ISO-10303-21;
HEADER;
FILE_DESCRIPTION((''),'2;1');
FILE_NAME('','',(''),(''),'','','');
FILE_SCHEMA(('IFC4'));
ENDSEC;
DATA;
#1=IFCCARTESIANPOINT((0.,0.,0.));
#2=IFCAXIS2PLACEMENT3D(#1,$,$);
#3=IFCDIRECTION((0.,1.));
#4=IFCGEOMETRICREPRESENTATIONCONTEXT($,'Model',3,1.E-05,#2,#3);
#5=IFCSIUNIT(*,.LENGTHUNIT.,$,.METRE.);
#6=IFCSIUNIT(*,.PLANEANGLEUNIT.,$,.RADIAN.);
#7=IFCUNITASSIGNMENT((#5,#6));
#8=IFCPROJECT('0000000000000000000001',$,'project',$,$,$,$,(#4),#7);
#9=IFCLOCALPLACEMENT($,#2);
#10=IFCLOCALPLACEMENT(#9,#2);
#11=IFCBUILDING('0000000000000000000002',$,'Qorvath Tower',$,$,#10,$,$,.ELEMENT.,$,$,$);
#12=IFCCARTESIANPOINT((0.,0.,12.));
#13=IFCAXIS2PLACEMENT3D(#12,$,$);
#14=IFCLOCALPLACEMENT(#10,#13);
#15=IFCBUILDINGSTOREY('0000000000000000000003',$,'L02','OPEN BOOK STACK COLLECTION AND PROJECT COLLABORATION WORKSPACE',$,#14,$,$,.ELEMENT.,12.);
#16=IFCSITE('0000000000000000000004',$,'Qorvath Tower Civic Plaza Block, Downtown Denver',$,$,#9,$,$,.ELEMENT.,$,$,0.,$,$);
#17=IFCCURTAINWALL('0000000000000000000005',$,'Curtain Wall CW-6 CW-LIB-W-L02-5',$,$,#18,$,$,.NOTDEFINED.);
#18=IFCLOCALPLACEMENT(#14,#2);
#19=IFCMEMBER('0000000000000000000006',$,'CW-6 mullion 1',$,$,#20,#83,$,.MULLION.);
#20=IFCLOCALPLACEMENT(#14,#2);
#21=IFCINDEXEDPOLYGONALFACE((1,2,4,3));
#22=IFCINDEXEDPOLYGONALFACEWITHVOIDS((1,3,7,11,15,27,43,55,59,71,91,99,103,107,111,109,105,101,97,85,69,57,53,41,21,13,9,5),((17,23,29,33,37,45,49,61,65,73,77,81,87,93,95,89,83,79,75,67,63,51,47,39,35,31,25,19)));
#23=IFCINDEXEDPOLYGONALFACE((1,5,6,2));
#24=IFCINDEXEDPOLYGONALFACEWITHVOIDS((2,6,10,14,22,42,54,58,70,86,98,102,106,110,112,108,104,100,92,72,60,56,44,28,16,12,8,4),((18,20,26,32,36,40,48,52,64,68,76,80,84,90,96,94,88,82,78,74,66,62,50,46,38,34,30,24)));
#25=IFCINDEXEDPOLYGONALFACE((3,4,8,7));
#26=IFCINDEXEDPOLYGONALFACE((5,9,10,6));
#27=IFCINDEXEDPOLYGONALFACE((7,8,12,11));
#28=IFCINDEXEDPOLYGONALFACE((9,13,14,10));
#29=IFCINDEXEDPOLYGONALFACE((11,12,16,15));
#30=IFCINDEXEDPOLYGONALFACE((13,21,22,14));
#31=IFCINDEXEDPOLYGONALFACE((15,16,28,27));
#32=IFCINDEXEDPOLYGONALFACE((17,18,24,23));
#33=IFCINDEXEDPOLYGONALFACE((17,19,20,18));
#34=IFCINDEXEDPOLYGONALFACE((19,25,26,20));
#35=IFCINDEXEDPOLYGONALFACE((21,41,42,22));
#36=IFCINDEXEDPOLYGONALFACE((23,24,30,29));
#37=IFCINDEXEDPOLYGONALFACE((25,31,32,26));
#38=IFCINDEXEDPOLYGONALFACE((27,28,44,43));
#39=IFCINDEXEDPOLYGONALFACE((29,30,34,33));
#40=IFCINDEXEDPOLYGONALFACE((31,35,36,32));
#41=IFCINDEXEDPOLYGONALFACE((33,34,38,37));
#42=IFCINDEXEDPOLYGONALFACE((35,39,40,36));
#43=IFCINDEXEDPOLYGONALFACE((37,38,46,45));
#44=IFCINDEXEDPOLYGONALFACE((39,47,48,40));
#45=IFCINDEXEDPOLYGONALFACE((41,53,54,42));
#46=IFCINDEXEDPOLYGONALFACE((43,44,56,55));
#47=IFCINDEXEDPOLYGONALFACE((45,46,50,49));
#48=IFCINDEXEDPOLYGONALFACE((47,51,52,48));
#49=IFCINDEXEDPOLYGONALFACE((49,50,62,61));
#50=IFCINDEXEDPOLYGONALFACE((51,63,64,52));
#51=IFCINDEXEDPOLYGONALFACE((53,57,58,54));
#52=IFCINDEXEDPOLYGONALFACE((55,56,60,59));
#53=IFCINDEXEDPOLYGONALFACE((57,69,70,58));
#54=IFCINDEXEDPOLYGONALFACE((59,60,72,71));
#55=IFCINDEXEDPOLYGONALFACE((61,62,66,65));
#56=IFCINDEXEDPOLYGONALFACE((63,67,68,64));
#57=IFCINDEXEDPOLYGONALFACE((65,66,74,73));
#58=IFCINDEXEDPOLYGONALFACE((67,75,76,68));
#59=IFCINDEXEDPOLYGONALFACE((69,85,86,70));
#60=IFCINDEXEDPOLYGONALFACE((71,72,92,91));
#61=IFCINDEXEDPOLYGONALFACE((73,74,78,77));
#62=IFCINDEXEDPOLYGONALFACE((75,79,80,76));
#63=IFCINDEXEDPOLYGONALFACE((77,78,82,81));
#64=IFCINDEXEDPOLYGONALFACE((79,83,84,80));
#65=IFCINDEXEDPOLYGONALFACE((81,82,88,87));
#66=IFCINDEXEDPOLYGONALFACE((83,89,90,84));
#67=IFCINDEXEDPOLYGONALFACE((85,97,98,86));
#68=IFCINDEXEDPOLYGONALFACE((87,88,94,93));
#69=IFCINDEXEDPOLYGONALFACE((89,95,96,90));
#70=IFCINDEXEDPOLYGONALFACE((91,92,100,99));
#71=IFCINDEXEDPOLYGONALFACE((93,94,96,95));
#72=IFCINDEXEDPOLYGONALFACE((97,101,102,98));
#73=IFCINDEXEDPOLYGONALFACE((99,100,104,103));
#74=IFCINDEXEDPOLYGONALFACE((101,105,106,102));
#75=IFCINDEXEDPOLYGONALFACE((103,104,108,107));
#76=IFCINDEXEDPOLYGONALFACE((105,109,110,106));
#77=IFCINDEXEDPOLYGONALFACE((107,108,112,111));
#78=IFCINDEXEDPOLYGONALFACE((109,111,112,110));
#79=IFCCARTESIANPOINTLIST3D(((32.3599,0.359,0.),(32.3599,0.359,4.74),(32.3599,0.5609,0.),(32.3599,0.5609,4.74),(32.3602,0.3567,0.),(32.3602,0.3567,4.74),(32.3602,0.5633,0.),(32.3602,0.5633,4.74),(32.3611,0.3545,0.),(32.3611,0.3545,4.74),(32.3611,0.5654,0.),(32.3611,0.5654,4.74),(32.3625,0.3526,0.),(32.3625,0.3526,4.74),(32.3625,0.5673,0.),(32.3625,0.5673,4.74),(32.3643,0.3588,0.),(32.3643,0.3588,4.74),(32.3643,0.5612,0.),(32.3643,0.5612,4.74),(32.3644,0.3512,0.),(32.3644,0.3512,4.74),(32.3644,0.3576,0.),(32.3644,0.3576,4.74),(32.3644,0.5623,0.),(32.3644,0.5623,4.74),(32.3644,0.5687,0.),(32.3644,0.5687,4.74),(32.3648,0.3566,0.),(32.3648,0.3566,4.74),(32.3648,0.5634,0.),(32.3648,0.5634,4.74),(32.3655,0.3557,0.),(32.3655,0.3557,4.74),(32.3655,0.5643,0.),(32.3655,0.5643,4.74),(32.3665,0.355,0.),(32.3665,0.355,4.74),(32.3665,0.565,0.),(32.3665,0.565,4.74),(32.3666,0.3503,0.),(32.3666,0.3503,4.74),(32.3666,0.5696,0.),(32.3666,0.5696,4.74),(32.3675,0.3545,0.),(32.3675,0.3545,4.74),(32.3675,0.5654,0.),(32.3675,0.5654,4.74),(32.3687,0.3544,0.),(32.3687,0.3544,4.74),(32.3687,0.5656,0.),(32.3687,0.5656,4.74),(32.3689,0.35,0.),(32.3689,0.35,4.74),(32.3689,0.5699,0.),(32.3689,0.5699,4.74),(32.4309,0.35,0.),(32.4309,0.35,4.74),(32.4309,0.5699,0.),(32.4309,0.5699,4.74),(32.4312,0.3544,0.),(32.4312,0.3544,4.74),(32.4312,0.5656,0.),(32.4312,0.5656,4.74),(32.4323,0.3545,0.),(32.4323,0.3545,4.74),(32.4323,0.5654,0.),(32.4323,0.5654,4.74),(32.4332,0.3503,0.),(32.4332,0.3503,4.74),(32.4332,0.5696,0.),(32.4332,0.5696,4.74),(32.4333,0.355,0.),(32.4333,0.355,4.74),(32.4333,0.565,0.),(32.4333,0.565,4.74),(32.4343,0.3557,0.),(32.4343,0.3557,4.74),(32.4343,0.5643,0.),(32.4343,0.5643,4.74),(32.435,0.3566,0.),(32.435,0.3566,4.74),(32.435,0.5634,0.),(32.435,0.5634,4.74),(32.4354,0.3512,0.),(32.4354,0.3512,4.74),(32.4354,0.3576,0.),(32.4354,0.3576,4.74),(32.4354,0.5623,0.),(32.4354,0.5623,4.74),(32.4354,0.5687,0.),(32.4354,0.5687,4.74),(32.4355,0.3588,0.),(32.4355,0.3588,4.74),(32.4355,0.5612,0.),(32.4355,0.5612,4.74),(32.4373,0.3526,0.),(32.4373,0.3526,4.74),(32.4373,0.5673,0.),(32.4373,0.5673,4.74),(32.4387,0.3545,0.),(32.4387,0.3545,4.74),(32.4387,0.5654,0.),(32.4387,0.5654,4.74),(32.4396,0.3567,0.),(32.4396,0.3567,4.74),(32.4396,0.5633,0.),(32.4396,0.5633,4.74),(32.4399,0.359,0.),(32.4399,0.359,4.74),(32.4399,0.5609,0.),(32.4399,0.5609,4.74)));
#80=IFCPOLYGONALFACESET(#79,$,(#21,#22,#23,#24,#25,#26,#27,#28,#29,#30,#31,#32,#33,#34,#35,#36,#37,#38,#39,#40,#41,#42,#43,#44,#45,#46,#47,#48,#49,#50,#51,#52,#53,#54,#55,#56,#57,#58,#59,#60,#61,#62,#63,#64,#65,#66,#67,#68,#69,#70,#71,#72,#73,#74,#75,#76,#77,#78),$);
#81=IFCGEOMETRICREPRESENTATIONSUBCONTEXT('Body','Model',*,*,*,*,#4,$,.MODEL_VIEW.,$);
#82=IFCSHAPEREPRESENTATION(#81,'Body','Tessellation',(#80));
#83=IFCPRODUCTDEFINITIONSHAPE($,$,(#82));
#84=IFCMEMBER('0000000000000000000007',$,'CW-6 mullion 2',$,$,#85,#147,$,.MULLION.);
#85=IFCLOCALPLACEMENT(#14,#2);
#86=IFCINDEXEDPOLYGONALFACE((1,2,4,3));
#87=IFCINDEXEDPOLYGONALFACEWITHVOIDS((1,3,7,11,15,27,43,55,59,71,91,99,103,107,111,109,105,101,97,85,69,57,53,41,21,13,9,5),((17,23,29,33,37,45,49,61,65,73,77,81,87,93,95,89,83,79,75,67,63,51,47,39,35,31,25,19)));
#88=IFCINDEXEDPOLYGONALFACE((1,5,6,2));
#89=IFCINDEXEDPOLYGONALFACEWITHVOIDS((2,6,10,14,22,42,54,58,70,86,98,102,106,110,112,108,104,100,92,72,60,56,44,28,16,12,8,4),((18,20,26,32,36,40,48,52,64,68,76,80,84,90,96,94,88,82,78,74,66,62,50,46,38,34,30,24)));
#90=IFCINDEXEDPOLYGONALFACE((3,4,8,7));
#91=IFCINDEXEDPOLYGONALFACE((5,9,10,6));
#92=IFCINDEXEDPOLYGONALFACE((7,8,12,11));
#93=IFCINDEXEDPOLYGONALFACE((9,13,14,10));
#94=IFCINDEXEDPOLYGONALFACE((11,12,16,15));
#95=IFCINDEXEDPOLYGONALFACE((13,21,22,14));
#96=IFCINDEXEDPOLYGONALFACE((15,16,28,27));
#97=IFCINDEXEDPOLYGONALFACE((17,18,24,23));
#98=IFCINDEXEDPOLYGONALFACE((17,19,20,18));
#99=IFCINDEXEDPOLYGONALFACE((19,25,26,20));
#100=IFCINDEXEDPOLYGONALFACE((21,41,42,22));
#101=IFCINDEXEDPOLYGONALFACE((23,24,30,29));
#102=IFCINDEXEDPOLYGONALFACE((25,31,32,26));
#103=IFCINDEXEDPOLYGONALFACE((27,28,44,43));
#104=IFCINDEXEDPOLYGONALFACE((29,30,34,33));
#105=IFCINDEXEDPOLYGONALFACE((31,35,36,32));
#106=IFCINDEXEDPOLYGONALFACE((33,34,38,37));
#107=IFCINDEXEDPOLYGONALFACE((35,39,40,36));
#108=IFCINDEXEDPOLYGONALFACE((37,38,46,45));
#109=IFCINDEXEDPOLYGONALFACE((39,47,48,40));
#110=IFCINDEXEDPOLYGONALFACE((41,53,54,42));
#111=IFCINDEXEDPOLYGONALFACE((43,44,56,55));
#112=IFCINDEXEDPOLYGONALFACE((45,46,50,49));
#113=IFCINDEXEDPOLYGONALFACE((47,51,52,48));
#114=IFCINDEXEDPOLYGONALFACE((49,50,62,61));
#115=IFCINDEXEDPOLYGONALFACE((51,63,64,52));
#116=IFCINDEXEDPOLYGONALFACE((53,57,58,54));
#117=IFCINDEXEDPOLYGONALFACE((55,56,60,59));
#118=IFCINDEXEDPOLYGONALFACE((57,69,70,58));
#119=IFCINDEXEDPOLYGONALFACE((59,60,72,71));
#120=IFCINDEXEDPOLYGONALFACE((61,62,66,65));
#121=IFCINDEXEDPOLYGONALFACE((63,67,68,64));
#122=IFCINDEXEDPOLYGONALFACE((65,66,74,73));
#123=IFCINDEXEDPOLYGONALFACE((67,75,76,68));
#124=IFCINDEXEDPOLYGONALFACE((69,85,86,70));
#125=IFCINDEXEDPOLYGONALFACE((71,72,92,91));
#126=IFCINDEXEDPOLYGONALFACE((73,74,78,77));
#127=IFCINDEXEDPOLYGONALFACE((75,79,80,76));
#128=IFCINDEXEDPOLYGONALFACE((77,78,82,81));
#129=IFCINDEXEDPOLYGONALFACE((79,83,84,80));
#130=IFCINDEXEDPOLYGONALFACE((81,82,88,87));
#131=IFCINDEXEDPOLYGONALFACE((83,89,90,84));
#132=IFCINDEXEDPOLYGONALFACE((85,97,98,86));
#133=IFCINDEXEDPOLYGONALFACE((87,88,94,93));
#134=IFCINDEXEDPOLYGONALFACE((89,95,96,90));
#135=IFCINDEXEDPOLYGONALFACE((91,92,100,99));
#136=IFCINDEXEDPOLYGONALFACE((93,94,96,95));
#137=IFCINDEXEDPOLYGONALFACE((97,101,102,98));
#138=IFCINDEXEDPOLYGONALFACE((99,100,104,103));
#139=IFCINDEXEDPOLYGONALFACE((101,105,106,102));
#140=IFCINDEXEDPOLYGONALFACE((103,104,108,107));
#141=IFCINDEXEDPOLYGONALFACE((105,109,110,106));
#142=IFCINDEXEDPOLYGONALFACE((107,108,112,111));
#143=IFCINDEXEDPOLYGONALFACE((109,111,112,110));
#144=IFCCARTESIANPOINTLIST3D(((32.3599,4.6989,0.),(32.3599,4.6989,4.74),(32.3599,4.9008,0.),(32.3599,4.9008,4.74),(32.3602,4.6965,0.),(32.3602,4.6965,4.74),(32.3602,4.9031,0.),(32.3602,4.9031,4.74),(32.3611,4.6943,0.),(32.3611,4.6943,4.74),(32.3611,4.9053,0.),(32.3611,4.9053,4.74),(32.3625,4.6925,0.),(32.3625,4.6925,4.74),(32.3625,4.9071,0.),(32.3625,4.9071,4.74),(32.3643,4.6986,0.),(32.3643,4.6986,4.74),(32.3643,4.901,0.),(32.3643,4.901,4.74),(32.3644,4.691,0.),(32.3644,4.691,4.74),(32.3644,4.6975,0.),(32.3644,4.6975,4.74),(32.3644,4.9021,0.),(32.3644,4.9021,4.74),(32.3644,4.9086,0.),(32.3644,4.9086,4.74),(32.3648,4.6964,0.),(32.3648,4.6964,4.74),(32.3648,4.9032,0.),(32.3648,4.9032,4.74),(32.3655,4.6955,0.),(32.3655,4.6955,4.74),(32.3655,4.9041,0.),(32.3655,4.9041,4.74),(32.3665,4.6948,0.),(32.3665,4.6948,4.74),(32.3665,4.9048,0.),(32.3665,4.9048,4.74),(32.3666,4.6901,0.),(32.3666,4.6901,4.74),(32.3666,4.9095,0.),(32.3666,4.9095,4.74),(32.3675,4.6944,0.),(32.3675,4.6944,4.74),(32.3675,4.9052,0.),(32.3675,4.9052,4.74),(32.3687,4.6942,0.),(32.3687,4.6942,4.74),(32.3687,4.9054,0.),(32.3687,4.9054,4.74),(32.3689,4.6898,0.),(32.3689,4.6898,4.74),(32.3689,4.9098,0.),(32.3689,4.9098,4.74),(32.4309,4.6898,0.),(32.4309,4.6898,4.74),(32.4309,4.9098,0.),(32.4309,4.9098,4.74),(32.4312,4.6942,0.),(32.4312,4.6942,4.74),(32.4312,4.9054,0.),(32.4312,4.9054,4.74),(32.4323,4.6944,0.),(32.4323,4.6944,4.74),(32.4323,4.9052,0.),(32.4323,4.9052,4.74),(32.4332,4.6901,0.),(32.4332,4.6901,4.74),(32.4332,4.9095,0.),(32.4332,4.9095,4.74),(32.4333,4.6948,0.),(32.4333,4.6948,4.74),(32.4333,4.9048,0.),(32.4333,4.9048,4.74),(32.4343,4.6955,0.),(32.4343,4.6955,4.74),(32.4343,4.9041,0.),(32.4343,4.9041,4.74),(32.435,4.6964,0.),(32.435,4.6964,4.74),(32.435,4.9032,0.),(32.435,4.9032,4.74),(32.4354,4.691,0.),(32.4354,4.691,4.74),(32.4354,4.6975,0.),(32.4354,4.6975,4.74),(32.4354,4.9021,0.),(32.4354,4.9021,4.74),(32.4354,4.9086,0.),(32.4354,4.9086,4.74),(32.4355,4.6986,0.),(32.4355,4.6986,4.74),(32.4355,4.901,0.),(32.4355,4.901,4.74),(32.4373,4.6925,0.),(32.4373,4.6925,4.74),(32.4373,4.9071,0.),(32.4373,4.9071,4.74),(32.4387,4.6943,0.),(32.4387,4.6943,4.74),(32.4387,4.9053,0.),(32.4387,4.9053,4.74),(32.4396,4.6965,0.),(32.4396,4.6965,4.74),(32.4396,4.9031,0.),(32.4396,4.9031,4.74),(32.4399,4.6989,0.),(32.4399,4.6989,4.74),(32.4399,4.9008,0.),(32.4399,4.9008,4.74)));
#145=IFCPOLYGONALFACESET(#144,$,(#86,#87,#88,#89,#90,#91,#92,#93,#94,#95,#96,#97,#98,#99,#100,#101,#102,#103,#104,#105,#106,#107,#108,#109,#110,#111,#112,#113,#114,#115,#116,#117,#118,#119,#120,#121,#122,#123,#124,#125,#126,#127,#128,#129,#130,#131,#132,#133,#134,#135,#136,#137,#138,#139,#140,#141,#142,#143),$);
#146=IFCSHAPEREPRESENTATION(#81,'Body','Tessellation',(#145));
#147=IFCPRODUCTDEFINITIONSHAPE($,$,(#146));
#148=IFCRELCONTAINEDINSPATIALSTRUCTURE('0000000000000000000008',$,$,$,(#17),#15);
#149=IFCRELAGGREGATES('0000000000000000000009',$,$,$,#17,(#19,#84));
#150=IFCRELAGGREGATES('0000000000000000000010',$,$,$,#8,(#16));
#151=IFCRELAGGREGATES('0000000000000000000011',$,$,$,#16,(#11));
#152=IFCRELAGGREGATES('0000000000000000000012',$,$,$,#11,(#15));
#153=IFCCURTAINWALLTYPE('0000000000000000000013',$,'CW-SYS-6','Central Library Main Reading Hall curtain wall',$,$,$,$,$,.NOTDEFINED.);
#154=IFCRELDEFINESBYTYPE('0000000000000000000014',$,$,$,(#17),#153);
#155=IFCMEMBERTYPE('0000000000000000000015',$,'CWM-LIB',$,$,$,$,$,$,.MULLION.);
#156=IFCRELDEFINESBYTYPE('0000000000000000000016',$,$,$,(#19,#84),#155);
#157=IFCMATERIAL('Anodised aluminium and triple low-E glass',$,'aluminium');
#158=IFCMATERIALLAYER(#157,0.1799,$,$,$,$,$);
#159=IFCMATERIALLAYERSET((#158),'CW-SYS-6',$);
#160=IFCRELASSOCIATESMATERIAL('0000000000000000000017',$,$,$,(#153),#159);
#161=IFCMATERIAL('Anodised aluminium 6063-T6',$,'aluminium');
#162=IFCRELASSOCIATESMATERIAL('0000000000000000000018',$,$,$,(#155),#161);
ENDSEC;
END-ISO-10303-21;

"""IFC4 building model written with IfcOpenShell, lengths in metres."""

from ifc_helpers import new_model, si_unit, direction, frame, origin, origin_2d, place, context, subcontext, project, spatial, hollow_rectangle, extrude, material, layer, layer_set, material_profile, profile_set, type_object, element, aggregate, save


model = new_model("IFC4")

# Units and contexts
model_context = context("Model", 3, precision=1e-05, world=origin(), true_north=direction((0.0, 1.0)))
body_context = subcontext(model_context, "Body", "Model", "MODEL_VIEW")
ifc_project = project(units=[si_unit("LENGTHUNIT", "METRE"), si_unit("PLANEANGLEUNIT", "RADIAN")], contexts=[model_context])

# Site, building, storey
site_placement = place(None, origin())
site = spatial("IfcSite", under=ifc_project, at=site_placement, Name="Qorvath Tower Civic Plaza Block, Downtown Denver", CompositionType="ELEMENT", RefElevation=0.0)
building_placement = place(site_placement, origin())
building = spatial("IfcBuilding", under=site, at=building_placement, Name="Qorvath Tower", CompositionType="ELEMENT")
storey_placement = place(building_placement, frame((0.0, 0.0, 12.0)))
storey = spatial("IfcBuildingStorey", under=building, at=storey_placement, Name="L02", Description="OPEN BOOK STACK COLLECTION AND PROJECT COLLABORATION WORKSPACE", CompositionType="ELEMENT", Elevation=12.0)

# Curtain wall, members
ifc_material_1 = material(Name="Anodised aluminium and triple low-E glass", Category="aluminium")
ifc_layer_1 = layer(ifc_material_1, 0.1799)
ifc_layer_set_1 = layer_set([ifc_layer_1], Name="CW-SYS-6")
curtain_wall_type = type_object("IfcCurtainWallType", Name="CW-SYS-6", Description="Central Library Main Reading Hall curtain wall", PredefinedType="NOTDEFINED", material=ifc_layer_set_1)
curtain_wall_1_placement = place(storey_placement, origin())
curtain_wall_1 = element("IfcCurtainWall", 1, at=curtain_wall_1_placement, inside=storey, type_object=curtain_wall_type, Name="Curtain Wall CW-6 CW-LIB-W-L02-5", PredefinedType="NOTDEFINED")
ifc_material_2 = material(Name="Anodised aluminium 6063-T6", Category="aluminium")
ifc_material_profile_1 = material_profile(ifc_material_2, hollow_rectangle(XDim=0.0801, YDim=0.22, WallThickness=0.0044, InnerFilletRadius=0.0044, OuterFilletRadius=0.009, at=origin_2d()), Name="CWM LIB 220x80")
ifc_profile_set_1 = profile_set([ifc_material_profile_1], Name="Anodised aluminium 6063-T6")
member_type_1 = type_object("IfcMemberType", Name="CWM-LIB", PredefinedType="MULLION", material=ifc_profile_set_1)
member_1_placement = place(storey_placement, frame((32.3999, 0.46, 0.0), z_axis=(0.0, 0.0, 1.0), x_axis=(-1.0, 0.0, 0.0)))
member_1 = element("IfcMember", 2, at=member_1_placement, type_object=member_type_1, Name="CW-6 mullion 1", PredefinedType="MULLION", context=body_context, shape_type="SweptSolid", body=[
    extrude(hollow_rectangle(XDim=0.0801, YDim=0.22, WallThickness=0.0044, InnerFilletRadius=0.0044, OuterFilletRadius=0.009, at=origin_2d()), origin(), (0.0, 0.0, 1.0), 4.74),
])
member_2_placement = place(storey_placement, frame((32.3999, 4.7998, 0.0), z_axis=(0.0, 0.0, 1.0), x_axis=(-1.0, 0.0, 0.0)))
member_2 = element("IfcMember", 3, at=member_2_placement, type_object=member_type_1, Name="CW-6 mullion 2", PredefinedType="MULLION", context=body_context, shape_type="SweptSolid", body=[
    extrude(hollow_rectangle(XDim=0.0801, YDim=0.22, WallThickness=0.0044, InnerFilletRadius=0.0044, OuterFilletRadius=0.009, at=origin_2d()), origin(), (0.0, 0.0, 1.0), 4.74),
])

aggregate(curtain_wall_1, [member_1, member_2])

save(model, "model.ifc")
